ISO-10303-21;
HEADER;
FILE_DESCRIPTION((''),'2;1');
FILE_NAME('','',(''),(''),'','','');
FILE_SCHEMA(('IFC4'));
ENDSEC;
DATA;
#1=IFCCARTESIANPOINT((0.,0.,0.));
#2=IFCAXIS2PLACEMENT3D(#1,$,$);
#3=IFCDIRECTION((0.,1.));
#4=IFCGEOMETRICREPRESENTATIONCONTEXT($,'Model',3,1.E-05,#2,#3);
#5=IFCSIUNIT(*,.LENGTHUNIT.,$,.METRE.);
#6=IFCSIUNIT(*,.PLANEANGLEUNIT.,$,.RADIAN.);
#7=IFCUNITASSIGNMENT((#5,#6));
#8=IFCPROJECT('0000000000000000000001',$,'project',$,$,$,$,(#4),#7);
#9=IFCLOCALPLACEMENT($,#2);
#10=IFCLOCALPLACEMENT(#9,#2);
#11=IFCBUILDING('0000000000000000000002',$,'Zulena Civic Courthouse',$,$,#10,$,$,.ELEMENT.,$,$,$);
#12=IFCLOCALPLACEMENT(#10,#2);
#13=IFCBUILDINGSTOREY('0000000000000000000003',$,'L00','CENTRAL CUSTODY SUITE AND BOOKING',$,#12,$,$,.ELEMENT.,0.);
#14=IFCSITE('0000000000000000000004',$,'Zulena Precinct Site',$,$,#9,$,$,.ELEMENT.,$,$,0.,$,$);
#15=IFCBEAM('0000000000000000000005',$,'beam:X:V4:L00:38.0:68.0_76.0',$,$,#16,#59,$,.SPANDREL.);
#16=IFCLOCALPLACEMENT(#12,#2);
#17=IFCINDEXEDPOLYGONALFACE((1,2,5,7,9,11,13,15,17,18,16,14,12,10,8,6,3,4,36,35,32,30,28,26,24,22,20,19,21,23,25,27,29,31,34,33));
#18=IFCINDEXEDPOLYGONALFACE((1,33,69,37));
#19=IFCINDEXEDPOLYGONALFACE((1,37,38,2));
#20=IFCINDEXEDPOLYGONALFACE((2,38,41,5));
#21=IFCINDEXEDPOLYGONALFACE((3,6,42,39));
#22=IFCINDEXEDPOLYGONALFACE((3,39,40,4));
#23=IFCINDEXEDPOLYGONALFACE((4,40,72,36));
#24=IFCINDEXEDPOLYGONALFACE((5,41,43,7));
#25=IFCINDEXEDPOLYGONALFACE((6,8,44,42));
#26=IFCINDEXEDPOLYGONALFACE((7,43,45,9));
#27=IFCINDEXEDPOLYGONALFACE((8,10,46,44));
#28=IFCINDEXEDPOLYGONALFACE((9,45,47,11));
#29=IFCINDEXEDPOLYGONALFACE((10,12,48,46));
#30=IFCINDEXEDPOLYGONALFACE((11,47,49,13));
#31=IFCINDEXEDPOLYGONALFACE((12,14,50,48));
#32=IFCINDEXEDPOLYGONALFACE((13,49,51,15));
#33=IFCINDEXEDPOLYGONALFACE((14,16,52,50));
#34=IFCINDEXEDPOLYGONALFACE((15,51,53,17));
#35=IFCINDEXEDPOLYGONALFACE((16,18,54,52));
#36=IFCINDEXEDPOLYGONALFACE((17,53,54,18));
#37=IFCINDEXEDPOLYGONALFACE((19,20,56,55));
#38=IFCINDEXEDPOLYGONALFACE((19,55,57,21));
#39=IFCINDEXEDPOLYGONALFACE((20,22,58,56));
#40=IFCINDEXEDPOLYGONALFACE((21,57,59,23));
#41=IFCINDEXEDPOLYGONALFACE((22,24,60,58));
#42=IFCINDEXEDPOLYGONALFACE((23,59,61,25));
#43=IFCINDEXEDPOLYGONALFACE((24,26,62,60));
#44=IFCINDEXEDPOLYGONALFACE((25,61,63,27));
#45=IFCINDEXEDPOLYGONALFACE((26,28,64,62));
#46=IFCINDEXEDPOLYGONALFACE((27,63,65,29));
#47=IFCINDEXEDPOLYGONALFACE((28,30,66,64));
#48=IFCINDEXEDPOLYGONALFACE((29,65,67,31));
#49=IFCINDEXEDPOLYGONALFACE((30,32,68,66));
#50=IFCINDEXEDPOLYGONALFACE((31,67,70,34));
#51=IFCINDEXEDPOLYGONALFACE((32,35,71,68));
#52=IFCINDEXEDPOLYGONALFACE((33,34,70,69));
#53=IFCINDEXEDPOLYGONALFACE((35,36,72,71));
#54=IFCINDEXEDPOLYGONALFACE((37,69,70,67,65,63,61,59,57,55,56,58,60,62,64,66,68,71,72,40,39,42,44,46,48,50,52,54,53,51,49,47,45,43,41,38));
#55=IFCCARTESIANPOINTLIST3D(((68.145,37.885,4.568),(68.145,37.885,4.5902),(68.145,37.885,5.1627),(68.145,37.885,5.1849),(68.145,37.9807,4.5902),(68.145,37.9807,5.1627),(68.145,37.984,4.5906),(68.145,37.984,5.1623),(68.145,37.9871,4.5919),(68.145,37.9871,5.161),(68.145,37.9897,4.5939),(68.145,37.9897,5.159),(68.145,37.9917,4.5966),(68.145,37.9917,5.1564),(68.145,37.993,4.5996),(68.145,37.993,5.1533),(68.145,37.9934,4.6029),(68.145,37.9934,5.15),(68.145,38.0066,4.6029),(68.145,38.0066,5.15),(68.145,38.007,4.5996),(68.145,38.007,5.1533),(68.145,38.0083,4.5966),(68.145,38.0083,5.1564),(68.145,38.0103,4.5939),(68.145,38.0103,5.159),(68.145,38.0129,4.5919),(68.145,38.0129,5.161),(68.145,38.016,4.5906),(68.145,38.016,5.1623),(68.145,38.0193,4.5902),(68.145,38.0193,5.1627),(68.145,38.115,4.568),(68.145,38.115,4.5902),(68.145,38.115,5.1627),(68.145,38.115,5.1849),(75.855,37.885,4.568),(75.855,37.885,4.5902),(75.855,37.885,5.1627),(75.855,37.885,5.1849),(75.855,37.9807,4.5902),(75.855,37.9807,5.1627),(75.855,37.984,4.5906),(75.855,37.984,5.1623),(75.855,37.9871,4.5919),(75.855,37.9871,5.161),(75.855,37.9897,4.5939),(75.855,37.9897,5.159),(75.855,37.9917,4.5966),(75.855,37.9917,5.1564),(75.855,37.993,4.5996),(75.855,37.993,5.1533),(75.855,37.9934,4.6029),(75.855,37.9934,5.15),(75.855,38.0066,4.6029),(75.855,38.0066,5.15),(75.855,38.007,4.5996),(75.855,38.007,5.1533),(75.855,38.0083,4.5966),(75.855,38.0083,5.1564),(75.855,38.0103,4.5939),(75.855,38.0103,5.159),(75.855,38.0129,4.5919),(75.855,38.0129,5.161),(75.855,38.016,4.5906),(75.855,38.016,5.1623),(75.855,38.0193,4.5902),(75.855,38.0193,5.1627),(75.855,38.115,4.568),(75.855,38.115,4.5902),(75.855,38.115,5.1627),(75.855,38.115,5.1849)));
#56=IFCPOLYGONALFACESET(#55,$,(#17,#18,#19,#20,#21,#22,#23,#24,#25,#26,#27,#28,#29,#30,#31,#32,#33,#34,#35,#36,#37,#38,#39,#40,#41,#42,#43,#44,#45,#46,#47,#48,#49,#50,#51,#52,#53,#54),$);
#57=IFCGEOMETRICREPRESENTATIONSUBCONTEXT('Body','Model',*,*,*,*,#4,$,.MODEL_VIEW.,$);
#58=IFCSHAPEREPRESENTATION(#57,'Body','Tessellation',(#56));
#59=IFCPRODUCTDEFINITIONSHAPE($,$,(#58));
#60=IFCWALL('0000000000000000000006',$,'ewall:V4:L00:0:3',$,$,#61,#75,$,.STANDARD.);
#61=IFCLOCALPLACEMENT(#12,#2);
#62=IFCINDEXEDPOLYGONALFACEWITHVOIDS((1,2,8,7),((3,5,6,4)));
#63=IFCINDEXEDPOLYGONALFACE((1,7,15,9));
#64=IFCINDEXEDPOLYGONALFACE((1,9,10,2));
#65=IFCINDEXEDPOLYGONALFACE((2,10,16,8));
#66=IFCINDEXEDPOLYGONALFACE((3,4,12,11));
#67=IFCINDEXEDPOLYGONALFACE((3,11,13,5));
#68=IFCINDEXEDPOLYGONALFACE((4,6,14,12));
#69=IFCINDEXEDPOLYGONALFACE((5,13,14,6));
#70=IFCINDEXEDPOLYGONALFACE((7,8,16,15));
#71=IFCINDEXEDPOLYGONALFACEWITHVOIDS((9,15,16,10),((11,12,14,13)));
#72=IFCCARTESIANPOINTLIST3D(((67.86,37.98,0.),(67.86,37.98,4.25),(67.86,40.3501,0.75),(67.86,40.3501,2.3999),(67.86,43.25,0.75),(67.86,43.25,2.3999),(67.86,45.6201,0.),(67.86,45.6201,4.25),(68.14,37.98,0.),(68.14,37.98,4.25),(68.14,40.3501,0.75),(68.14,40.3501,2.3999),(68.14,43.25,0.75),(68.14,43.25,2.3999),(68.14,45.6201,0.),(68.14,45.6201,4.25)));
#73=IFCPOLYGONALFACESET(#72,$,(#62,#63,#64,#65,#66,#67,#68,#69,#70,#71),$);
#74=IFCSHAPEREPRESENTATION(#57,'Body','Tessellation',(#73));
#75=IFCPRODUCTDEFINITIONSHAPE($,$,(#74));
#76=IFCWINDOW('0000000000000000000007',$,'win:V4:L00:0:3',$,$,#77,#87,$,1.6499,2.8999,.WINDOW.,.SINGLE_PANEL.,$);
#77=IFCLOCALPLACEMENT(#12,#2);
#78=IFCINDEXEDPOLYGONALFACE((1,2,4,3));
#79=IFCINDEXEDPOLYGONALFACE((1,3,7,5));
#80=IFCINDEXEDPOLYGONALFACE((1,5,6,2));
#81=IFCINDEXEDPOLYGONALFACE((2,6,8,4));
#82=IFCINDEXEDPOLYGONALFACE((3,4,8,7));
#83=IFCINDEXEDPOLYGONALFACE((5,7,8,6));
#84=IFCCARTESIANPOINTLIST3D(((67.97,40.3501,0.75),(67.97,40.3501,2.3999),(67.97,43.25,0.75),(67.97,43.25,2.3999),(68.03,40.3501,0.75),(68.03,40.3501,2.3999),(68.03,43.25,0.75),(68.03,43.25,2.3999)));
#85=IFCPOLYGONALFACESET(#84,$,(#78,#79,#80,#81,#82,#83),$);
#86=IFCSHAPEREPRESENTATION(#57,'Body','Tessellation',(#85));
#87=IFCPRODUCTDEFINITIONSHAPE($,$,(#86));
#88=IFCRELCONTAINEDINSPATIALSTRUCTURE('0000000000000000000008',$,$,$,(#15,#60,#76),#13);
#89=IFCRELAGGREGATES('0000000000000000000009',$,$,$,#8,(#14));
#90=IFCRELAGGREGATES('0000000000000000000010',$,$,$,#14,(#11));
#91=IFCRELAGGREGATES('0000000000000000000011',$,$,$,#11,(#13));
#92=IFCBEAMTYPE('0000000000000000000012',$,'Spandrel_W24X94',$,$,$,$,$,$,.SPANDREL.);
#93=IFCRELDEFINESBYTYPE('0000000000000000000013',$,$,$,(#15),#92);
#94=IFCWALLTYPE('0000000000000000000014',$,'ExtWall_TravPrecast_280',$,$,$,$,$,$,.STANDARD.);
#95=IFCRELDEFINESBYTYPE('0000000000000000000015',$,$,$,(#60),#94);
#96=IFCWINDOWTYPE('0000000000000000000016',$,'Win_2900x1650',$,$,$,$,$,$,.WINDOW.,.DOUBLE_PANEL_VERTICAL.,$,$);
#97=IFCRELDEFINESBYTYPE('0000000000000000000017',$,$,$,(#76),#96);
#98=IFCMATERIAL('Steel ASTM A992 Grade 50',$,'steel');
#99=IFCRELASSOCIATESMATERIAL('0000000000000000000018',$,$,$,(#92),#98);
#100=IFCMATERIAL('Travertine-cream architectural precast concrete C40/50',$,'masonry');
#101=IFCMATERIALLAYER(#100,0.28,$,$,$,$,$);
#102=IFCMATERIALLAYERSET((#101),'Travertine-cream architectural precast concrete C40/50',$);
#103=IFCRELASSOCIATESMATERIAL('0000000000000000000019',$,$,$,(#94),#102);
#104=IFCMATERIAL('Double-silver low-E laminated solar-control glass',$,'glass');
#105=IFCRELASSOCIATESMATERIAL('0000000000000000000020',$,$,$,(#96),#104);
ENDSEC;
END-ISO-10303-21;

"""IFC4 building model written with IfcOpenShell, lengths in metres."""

from ifc_helpers import new_model, si_unit, direction, frame, frame_2d, origin, origin_2d, place, context, subcontext, project, spatial, rectangle, i_section, extrude, material, layer, layer_set, material_profile, profile_set, type_object, element, fill, save


model = new_model("IFC4")

# Units and contexts
model_context = context("Model", 3, precision=1e-05, world=origin(), true_north=direction((0.0, 1.0)))
body_context = subcontext(model_context, "Body", "Model", "MODEL_VIEW")
ifc_project = project(units=[si_unit("LENGTHUNIT", "METRE"), si_unit("PLANEANGLEUNIT", "RADIAN")], contexts=[model_context])

# Site, building, storey
site_placement = place(None, origin())
site = spatial("IfcSite", under=ifc_project, at=site_placement, Name="Zulena Precinct Site", CompositionType="ELEMENT", RefElevation=0.0)
building_placement = place(site_placement, origin())
building = spatial("IfcBuilding", under=site, at=building_placement, Name="Zulena Civic Courthouse", CompositionType="ELEMENT")
storey_placement = place(building_placement, origin())
storey = spatial("IfcBuildingStorey", under=building, at=storey_placement, Name="L00", Description="CENTRAL CUSTODY SUITE AND BOOKING", CompositionType="ELEMENT", Elevation=0.0)

# Shared definitions
ifc_material_1 = material(Name="Steel ASTM A992 Grade 50", Category="steel")

# Beam
ifc_material_profile_1 = material_profile(ifc_material_1, i_section(OverallWidth=0.23, OverallDepth=0.6169, WebThickness=0.0132, FlangeThickness=0.0222, FilletRadius=0.0127, at=origin_2d()), Name="W24X94")
ifc_profile_set_1 = profile_set([ifc_material_profile_1], Name="Steel ASTM A992 Grade 50")
beam_type_1 = type_object("IfcBeamType", Name="Spandrel_W24X94", PredefinedType="SPANDREL", material=ifc_profile_set_1)
beam_1_placement = place(storey_placement, frame((68.145, 38.0, 4.8765), z_axis=(1.0, 0.0, 0.0), x_axis=(0.0, 1.0, 0.0)))
element("IfcBeam", 1, at=beam_1_placement, inside=storey, type_object=beam_type_1, Name="beam:X:V4:L00:38.0:68.0_76.0", PredefinedType="SPANDREL", context=body_context, shape_type="SweptSolid", body=[
    extrude(i_section(OverallWidth=0.23, OverallDepth=0.6169, WebThickness=0.0132, FlangeThickness=0.0222, FilletRadius=0.0127, at=origin_2d()), origin(), (0.0, 0.0, 1.0), 7.71),
])

# Wall, opening, window
ifc_material_2 = material(Name="Travertine-cream architectural precast concrete C40/50", Category="masonry")
ifc_layer = layer(ifc_material_2, 0.28)
ifc_layer_set = layer_set([ifc_layer], Name="Travertine-cream architectural precast concrete C40/50")
wall_type = type_object("IfcWallType", Name="ExtWall_TravPrecast_280", PredefinedType="STANDARD", material=ifc_layer_set)
wall_placement = place(storey_placement, frame((68.0, 37.98, 0.0), z_axis=(0.0, 0.0, 1.0), x_axis=(0.0, 1.0, 0.0)))
wall = element("IfcWall", 2, at=wall_placement, inside=storey, type_object=wall_type, Name="ewall:V4:L00:0:3", PredefinedType="STANDARD", context=body_context, shape_type="SweptSolid", body=[
    extrude(rectangle(XDim=7.6401, YDim=0.28, at=frame_2d((3.8201, 0.0))), origin(), (0.0, 0.0, 1.0), 4.25),
])
opening_placement = place(wall_placement, frame((2.3701, 0.0, 0.75)))
opening = element("IfcOpeningElement", 3, at=opening_placement, cuts=wall, PredefinedType="OPENING", context=body_context, shape_type="SweptSolid", body=[
    extrude(rectangle(XDim=2.8999, YDim=1.6499, at=frame_2d((1.45, 0.825))), frame((0.0, 0.1499, 0.0), z_axis=(0.0, -1.0, 0.0), x_axis=(1.0, 0.0, 0.0)), (0.0, 0.0, 1.0), 0.3),
])
ifc_material_3 = material(Name="Double-silver low-E laminated solar-control glass", Category="glass")
window_type = type_object("IfcWindowType", Name="Win_2900x1650", PartitioningType="DOUBLE_PANEL_VERTICAL", PredefinedType="WINDOW", material=ifc_material_3)
window_placement = place(opening_placement, origin())
window = element("IfcWindow", 4, at=window_placement, inside=storey, type_object=window_type, Name="win:V4:L00:0:3", OverallHeight=1.6499, OverallWidth=2.8999, PartitioningType="SINGLE_PANEL", PredefinedType="WINDOW", context=body_context, shape_type="SweptSolid", body=[
    extrude(rectangle(XDim=2.8999, YDim=1.6499, at=frame_2d((1.45, 0.825))), frame((0.0, 0.03, 0.0), z_axis=(0.0, -1.0, 0.0), x_axis=(1.0, 0.0, 0.0)), (0.0, 0.0, 1.0), 0.0601),
])
fill(opening, window)

save(model, "model.ifc")
